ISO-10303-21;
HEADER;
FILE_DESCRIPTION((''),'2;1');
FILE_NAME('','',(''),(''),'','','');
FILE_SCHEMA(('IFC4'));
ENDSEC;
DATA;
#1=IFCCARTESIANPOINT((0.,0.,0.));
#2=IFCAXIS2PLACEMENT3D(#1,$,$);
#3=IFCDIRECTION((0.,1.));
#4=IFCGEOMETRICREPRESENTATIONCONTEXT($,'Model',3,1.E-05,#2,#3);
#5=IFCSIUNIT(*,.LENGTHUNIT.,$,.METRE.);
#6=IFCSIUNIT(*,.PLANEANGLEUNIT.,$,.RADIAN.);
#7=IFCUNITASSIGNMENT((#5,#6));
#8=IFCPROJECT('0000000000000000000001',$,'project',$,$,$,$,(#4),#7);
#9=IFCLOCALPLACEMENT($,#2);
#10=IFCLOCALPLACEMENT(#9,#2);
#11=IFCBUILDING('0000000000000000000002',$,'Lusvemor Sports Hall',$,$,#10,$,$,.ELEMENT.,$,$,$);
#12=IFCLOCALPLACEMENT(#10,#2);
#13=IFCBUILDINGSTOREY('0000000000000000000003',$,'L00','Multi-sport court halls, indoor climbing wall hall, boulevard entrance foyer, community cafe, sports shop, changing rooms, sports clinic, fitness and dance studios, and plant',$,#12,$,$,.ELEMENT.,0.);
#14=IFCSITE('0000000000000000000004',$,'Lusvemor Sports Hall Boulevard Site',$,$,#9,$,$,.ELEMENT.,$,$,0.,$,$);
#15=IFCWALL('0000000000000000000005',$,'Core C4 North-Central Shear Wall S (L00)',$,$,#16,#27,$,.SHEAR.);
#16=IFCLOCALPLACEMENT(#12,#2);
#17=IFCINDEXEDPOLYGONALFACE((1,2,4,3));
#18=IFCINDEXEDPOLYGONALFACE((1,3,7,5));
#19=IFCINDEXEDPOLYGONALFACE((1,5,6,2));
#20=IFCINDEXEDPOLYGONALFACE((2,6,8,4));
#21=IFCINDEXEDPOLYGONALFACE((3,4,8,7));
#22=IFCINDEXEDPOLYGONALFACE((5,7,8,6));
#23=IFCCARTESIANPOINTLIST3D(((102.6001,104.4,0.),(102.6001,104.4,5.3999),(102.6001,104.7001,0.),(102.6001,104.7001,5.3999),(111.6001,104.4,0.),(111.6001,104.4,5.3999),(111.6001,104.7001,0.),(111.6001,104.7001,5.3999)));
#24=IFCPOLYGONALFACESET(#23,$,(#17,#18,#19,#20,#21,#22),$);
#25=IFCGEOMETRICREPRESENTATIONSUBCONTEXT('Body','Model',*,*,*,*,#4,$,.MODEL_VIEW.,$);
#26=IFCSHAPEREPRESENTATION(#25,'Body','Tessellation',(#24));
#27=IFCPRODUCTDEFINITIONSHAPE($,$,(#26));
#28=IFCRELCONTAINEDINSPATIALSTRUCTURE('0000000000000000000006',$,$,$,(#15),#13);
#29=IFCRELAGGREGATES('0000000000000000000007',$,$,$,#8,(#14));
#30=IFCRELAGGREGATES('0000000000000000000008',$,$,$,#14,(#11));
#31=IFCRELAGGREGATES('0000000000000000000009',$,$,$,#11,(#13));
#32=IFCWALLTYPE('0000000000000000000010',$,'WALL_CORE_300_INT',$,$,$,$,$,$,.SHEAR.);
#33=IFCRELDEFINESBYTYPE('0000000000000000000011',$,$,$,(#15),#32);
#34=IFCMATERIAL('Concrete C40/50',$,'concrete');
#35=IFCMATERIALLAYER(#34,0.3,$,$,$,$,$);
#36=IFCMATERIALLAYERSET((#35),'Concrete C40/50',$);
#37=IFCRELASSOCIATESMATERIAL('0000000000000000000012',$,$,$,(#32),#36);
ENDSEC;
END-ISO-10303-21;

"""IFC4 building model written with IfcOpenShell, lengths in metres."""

from ifc_helpers import new_model, si_unit, direction, frame, frame_2d, origin, place, context, subcontext, project, spatial, rectangle, extrude, material, layer, layer_set, type_object, element, save


model = new_model("IFC4")

# Units and contexts
model_context = context("Model", 3, precision=1e-05, world=origin(), true_north=direction((0.0, 1.0)))
body_context = subcontext(model_context, "Body", "Model", "MODEL_VIEW")
ifc_project = project(units=[si_unit("LENGTHUNIT", "METRE"), si_unit("PLANEANGLEUNIT", "RADIAN")], contexts=[model_context])

# Site, building, storey
site_placement = place(None, origin())
site = spatial("IfcSite", under=ifc_project, at=site_placement, Name="Lusvemor Sports Hall Boulevard Site", CompositionType="ELEMENT", RefElevation=0.0)
building_placement = place(site_placement, origin())
building = spatial("IfcBuilding", under=site, at=building_placement, Name="Lusvemor Sports Hall", CompositionType="ELEMENT")
storey_placement = place(building_placement, origin())
storey = spatial("IfcBuildingStorey", under=building, at=storey_placement, Name="L00", Description="Multi-sport court halls, indoor climbing wall hall, boulevard entrance foyer, community cafe, sports shop, changing rooms, sports clinic, fitness and dance studios, and plant", CompositionType="ELEMENT", Elevation=0.0)

# Wall
ifc_material_1 = material(Name="Concrete C40/50", Category="concrete")
ifc_layer_1 = layer(ifc_material_1, 0.3)
ifc_layer_set_1 = layer_set([ifc_layer_1], Name="Concrete C40/50")
wall_type_1 = type_object("IfcWallType", Name="WALL_CORE_300_INT", PredefinedType="SHEAR", material=ifc_layer_set_1)
wall_1_placement = place(storey_placement, frame((111.6001, 104.55, 0.0), z_axis=(0.0, 0.0, 1.0), x_axis=(-1.0, 0.0, 0.0)))
element("IfcWall", 1, at=wall_1_placement, inside=storey, type_object=wall_type_1, Name="Core C4 North-Central Shear Wall S (L00)", PredefinedType="SHEAR", context=body_context, shape_type="SweptSolid", body=[
    extrude(rectangle(XDim=9.0, YDim=0.3, at=frame_2d((4.5, 0.0))), origin(), (0.0, 0.0, 1.0), 5.3999),
])

save(model, "model.ifc")
